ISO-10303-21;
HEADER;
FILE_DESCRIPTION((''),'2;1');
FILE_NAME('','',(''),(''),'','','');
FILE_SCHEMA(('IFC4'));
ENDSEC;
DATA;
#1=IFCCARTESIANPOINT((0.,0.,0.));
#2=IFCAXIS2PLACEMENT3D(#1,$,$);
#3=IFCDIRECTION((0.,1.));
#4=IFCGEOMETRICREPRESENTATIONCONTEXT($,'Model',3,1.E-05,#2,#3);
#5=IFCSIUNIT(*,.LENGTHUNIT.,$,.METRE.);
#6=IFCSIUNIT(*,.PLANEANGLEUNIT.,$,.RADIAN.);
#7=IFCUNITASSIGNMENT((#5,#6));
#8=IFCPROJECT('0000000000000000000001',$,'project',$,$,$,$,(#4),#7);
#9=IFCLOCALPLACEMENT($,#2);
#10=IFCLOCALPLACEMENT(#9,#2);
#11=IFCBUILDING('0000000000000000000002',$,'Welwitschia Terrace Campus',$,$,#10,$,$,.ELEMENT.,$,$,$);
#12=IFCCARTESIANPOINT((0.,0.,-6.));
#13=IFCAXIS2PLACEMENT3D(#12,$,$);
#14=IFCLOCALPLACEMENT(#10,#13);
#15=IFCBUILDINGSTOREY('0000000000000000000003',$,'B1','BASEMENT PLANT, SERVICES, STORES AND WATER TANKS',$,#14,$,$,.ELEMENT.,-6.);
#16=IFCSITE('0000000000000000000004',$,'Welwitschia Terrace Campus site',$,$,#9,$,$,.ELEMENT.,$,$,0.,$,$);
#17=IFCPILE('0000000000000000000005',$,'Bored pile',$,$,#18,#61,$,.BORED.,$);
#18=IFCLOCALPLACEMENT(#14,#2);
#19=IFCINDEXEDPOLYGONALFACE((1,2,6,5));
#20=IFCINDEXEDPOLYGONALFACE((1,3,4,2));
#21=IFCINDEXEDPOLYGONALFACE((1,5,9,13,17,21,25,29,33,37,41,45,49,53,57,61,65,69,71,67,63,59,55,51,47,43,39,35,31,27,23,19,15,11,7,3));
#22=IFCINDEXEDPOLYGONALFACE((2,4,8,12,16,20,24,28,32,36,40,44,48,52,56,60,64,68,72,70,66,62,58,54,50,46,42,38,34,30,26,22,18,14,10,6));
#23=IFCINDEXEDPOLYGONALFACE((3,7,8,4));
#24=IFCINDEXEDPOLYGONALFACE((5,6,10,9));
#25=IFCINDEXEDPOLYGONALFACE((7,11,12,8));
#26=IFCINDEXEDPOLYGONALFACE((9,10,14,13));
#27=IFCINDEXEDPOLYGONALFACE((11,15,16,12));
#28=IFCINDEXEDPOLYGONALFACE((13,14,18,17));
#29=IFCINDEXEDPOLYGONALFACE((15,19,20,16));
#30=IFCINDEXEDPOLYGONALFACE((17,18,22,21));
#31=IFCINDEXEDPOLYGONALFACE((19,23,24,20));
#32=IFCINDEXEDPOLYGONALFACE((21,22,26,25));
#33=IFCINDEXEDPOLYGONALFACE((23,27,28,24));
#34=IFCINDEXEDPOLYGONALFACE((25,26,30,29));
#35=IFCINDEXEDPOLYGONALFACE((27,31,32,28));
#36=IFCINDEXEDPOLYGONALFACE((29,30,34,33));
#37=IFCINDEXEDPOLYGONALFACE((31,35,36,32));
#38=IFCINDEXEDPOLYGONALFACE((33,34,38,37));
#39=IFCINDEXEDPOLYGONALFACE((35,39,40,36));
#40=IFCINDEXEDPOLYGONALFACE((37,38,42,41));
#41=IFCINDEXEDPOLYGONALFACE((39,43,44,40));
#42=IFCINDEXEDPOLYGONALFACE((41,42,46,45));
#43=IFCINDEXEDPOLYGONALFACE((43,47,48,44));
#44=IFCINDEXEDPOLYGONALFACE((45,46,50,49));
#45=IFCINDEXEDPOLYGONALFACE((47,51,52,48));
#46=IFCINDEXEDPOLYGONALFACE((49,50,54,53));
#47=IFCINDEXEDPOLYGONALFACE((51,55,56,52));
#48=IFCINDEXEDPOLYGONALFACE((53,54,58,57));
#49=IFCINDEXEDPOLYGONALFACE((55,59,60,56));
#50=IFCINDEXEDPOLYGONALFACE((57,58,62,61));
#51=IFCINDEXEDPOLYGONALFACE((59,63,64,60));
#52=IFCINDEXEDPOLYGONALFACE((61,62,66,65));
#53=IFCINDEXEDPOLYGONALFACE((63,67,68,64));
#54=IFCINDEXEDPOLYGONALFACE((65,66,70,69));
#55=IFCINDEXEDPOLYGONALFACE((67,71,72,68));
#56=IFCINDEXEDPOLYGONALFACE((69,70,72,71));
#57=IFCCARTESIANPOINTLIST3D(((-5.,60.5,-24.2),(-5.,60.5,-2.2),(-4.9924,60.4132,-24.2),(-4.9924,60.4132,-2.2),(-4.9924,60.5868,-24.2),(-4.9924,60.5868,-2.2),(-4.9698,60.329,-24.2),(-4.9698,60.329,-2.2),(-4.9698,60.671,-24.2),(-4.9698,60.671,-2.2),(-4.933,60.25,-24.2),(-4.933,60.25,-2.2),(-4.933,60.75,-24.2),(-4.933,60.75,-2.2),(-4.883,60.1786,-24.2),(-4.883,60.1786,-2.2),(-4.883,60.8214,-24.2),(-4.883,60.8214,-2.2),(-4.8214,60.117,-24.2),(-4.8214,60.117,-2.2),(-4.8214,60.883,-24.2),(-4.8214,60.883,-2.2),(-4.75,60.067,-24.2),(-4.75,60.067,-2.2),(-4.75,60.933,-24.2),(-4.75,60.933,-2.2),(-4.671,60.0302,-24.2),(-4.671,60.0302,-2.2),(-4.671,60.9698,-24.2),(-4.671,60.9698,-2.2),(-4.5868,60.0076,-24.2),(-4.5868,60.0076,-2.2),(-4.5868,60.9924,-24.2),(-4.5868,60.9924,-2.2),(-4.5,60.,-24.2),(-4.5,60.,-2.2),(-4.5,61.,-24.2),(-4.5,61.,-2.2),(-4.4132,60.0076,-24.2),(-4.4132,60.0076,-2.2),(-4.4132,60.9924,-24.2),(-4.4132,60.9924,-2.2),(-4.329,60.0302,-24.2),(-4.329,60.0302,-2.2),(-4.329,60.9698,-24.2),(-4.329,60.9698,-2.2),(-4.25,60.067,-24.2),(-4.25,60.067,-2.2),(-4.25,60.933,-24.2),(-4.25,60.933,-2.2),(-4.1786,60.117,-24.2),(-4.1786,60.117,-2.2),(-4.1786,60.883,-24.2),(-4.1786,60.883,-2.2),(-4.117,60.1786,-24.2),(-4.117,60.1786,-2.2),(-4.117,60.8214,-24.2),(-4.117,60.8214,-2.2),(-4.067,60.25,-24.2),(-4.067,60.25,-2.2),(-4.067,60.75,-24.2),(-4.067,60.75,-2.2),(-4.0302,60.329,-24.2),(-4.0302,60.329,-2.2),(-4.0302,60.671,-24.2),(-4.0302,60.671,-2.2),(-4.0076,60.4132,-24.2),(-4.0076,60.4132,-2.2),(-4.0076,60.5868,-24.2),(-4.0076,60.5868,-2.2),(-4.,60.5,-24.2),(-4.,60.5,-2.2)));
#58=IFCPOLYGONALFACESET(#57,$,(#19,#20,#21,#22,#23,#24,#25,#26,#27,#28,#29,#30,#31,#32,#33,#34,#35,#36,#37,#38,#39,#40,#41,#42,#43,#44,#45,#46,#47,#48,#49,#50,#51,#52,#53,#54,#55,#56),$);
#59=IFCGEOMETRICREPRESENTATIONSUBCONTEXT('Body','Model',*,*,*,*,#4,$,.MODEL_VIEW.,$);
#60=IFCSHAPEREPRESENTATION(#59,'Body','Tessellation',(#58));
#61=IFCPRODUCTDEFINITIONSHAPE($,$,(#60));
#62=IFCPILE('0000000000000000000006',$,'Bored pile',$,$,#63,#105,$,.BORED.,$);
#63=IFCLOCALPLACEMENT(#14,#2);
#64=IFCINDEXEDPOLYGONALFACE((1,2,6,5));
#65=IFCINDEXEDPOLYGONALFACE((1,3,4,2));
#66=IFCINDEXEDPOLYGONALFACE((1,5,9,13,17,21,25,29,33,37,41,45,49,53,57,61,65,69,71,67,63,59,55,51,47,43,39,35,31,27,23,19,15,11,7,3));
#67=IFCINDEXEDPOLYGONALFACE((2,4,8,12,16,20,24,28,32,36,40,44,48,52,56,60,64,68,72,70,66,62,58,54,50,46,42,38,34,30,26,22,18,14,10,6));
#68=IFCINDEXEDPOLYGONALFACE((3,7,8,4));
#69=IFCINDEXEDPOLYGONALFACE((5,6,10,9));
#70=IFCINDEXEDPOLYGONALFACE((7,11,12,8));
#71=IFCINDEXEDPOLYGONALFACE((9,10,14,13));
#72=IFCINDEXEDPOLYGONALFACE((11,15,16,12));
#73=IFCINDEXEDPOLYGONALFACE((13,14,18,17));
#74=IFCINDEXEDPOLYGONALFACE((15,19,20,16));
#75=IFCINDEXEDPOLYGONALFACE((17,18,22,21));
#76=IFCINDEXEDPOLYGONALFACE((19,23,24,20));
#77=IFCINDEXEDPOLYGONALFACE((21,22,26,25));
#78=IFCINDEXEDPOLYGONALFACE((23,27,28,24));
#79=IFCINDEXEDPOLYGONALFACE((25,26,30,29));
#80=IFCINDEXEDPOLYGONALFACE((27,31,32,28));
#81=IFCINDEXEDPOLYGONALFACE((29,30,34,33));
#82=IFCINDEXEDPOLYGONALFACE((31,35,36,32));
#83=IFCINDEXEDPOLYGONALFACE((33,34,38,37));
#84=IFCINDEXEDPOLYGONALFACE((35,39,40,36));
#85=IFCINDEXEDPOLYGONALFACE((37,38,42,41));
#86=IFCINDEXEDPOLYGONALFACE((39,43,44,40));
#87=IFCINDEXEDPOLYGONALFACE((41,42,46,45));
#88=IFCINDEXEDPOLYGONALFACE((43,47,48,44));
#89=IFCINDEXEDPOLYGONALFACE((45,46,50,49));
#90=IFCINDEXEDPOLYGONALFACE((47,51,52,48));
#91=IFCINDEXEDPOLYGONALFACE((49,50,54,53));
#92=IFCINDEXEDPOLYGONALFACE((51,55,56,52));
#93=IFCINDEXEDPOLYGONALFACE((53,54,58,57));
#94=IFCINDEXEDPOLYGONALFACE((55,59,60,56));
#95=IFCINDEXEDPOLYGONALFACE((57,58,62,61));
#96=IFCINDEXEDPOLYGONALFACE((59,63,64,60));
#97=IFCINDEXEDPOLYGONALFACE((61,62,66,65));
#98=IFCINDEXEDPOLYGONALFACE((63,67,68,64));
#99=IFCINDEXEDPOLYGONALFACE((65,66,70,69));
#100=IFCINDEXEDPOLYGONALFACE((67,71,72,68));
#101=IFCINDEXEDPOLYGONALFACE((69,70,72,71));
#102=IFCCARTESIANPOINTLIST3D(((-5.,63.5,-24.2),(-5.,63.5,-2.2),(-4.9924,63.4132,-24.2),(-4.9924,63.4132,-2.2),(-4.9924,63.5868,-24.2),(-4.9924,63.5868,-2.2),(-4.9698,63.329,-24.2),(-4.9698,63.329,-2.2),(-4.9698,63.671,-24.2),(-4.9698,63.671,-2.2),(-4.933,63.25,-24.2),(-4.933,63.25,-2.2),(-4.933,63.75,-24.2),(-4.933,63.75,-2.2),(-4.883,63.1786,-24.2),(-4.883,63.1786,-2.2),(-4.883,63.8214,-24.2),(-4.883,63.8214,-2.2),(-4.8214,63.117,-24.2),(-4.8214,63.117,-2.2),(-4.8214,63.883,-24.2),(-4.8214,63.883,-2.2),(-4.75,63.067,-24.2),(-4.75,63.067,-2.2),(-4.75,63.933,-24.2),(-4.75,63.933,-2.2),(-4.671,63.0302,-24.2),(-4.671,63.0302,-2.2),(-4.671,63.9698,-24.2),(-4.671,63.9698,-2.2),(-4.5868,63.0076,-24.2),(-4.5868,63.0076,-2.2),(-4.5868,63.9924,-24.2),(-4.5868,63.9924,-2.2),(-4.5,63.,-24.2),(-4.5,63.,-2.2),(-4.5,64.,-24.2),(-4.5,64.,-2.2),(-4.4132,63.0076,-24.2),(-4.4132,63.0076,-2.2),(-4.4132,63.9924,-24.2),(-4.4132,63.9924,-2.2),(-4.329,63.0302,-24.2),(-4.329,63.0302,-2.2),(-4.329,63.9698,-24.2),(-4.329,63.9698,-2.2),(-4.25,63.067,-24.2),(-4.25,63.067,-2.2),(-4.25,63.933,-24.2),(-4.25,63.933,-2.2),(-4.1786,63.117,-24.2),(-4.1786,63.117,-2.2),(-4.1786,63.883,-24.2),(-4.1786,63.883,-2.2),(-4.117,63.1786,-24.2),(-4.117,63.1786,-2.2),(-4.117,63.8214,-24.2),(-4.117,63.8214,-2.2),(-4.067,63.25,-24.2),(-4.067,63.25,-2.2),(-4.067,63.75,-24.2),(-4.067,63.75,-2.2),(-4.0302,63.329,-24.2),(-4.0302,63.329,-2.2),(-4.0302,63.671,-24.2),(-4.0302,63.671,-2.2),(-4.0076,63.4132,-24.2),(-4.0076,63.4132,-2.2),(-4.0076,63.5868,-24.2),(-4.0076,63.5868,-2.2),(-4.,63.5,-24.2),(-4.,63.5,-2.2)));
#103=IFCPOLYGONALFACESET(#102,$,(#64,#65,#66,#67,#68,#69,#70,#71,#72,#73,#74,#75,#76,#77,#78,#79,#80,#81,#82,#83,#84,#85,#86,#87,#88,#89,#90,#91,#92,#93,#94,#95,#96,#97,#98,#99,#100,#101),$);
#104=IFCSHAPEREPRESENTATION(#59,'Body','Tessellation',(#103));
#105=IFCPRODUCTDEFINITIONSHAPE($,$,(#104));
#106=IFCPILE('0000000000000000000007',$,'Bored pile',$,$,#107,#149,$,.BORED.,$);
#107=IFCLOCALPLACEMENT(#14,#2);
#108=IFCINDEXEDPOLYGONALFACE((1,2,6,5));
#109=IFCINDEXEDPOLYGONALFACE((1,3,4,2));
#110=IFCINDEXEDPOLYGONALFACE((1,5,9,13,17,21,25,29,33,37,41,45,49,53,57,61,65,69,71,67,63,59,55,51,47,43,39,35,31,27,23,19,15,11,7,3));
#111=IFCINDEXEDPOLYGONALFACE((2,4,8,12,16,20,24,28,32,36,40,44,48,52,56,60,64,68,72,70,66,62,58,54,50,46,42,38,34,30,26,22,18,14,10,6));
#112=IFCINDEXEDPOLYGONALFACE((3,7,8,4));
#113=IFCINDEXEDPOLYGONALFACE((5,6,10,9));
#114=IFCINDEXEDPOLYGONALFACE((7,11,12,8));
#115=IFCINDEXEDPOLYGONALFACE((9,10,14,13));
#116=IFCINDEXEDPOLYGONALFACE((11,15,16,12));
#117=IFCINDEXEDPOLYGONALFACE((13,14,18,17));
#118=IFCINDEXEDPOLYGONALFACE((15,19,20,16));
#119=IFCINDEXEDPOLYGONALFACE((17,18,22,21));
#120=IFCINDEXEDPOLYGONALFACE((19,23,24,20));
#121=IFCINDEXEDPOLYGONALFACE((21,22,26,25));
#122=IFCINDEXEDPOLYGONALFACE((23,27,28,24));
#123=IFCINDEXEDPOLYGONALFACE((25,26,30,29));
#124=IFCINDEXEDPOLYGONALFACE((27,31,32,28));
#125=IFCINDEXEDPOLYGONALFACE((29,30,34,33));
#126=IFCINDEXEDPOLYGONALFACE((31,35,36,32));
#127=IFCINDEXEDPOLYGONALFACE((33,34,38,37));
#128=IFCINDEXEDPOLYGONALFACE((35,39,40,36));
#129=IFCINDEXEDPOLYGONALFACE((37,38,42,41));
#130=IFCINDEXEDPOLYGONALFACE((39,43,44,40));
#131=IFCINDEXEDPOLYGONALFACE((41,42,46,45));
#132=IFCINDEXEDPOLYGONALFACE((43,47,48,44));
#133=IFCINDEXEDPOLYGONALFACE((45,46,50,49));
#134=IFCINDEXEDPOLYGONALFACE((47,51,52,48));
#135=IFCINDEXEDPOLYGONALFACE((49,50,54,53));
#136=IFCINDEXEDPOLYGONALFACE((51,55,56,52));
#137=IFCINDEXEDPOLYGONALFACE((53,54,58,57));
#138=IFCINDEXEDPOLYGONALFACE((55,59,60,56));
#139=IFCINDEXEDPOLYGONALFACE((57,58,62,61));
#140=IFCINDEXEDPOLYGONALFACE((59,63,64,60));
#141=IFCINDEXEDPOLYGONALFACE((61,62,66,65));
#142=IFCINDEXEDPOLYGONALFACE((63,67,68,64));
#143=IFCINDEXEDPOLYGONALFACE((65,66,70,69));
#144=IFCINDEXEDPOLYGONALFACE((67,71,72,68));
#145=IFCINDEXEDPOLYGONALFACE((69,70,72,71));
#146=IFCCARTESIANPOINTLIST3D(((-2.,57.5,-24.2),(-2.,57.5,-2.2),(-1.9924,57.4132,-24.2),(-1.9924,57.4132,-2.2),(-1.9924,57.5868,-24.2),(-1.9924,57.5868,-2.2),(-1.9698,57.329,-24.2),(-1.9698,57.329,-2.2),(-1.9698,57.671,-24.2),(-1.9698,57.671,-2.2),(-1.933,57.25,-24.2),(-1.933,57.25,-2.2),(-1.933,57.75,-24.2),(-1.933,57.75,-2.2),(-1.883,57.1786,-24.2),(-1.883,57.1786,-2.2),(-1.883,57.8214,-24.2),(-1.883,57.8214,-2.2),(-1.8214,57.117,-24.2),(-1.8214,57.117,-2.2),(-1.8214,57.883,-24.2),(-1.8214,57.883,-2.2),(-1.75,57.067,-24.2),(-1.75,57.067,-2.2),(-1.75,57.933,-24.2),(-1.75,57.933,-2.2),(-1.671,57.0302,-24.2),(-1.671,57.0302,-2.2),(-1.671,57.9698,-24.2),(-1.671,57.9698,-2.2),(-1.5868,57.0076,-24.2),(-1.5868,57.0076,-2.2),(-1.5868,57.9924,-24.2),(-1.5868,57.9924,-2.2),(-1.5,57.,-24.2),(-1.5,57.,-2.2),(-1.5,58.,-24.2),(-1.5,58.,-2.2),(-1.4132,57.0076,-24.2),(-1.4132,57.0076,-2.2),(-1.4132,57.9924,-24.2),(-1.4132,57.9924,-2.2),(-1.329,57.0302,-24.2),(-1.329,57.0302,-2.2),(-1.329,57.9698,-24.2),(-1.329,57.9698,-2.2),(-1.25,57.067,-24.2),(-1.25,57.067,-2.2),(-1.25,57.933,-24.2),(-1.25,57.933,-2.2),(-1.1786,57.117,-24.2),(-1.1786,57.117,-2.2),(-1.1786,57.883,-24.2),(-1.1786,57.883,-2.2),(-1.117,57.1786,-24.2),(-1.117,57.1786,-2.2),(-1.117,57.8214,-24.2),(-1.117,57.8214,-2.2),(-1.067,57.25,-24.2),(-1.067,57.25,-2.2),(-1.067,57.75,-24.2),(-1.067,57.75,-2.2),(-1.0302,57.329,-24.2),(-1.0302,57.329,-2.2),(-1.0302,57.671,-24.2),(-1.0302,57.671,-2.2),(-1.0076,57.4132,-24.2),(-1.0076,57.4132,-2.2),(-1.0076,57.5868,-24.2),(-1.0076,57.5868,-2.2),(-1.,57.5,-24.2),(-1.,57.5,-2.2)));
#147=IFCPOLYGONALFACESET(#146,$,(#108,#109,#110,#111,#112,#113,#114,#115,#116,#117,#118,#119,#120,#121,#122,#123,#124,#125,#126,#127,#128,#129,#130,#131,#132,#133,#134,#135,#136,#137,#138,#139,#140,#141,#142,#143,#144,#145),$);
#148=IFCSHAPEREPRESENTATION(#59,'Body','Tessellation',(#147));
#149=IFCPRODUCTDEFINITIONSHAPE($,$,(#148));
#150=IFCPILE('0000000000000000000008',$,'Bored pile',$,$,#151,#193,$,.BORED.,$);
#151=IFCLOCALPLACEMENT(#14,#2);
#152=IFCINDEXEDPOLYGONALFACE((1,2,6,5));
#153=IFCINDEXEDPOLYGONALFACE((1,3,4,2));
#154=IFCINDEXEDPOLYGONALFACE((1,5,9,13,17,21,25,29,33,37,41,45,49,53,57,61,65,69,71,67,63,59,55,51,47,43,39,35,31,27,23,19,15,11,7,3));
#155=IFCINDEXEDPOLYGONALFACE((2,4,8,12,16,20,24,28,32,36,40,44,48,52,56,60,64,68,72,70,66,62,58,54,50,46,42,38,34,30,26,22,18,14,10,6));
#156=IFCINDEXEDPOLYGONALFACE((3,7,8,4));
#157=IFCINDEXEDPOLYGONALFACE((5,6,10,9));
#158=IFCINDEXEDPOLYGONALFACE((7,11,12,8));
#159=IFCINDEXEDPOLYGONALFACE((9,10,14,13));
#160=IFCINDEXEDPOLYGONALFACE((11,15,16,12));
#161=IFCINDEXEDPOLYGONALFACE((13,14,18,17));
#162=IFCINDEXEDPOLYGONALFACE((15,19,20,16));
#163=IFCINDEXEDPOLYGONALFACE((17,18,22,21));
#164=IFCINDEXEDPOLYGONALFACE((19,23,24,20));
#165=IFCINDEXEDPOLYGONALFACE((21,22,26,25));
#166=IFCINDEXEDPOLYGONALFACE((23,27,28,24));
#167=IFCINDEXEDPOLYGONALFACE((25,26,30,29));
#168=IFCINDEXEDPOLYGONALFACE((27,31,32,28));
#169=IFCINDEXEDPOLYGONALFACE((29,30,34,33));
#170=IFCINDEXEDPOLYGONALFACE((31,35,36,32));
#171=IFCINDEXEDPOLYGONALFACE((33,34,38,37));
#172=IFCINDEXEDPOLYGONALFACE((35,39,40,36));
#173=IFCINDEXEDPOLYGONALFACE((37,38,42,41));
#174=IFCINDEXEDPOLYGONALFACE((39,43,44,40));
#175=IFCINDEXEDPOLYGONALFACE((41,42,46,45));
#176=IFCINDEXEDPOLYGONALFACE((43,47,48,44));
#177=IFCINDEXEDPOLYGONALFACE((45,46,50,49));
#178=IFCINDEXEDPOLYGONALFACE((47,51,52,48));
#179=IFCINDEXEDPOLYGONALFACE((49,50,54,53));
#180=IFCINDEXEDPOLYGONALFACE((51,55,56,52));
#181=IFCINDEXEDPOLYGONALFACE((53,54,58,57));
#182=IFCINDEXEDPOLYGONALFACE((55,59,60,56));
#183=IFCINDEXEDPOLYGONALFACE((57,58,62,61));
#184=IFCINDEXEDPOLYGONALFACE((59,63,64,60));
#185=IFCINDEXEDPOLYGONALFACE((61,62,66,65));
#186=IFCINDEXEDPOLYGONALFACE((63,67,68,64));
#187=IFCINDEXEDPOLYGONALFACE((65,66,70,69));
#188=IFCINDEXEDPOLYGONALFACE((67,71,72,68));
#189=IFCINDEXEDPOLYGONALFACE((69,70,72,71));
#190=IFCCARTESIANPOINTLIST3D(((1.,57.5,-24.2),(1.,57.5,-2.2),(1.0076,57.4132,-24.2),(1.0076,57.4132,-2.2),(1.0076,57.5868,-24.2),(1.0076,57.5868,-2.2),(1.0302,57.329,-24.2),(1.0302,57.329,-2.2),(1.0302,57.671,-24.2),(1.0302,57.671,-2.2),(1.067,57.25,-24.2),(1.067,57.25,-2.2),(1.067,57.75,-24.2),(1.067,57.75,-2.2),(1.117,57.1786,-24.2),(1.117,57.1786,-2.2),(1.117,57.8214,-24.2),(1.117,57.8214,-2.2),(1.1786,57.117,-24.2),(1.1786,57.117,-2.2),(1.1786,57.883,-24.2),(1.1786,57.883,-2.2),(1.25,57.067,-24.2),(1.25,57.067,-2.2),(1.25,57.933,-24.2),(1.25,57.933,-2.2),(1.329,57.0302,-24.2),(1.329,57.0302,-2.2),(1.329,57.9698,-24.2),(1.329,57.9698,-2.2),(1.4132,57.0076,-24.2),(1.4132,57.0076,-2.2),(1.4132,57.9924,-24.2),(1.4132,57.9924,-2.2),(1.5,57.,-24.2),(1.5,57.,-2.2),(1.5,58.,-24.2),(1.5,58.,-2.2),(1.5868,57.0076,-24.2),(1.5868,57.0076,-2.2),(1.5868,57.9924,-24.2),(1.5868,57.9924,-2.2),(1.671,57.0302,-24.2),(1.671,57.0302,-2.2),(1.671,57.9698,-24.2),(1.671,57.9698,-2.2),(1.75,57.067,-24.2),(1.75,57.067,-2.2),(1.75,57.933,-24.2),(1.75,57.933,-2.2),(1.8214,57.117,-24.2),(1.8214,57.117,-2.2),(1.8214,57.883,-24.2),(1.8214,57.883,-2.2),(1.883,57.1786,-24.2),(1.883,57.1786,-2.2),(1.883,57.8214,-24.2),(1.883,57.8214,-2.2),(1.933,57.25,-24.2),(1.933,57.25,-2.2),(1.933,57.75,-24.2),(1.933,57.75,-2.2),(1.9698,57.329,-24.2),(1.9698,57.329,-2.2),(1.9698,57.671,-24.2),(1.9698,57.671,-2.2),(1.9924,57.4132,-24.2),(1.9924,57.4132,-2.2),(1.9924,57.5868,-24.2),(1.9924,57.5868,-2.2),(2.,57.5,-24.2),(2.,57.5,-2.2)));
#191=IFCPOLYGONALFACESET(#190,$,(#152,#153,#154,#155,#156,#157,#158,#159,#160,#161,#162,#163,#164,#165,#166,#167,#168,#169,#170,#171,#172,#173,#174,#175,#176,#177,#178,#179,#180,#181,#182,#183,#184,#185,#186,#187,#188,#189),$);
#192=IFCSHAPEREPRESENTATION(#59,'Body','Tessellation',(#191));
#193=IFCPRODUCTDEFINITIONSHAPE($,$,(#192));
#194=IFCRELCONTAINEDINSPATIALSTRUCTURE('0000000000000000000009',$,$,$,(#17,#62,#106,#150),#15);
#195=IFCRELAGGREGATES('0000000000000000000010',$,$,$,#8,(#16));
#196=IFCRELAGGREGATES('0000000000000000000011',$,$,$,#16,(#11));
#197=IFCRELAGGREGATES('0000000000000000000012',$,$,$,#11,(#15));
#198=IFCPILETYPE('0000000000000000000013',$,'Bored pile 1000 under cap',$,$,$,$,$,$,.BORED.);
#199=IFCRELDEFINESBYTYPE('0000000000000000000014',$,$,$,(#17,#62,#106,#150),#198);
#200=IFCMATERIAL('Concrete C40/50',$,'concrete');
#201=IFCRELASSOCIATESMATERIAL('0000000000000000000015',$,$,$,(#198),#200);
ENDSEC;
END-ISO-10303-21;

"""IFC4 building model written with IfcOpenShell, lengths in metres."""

from ifc_helpers import new_model, si_unit, direction, frame, origin, origin_2d, place, context, subcontext, project, spatial, circle, extrude, material, type_object, element, save


model = new_model("IFC4")

# Units and contexts
model_context = context("Model", 3, precision=1e-05, world=origin(), true_north=direction((0.0, 1.0)))
body_context = subcontext(model_context, "Body", "Model", "MODEL_VIEW")
ifc_project = project(units=[si_unit("LENGTHUNIT", "METRE"), si_unit("PLANEANGLEUNIT", "RADIAN")], contexts=[model_context])

# Site, building, storey
site_placement = place(None, origin())
site = spatial("IfcSite", under=ifc_project, at=site_placement, Name="Welwitschia Terrace Campus site", CompositionType="ELEMENT", RefElevation=0.0)
building_placement = place(site_placement, origin())
building = spatial("IfcBuilding", under=site, at=building_placement, Name="Welwitschia Terrace Campus", CompositionType="ELEMENT")
storey_placement = place(building_placement, frame((0.0, 0.0, -6.0)))
storey = spatial("IfcBuildingStorey", under=building, at=storey_placement, Name="B1", Description="BASEMENT PLANT, SERVICES, STORES AND WATER TANKS", CompositionType="ELEMENT", Elevation=-6.0)

# Piles
ifc_material_1 = material(Name="Concrete C40/50", Category="concrete")
pile_type = type_object("IfcPileType", Name="Bored pile 1000 under cap", PredefinedType="BORED", material=ifc_material_1)
for number, where, z_axis, x_axis, name in (
    (1, (-4.5, 60.5, -2.2), (0.0, 0.0, -1.0), (1.0, 0.0, 0.0), "Bored pile"),
    (2, (-4.5, 63.5, -2.2), (0.0, 0.0, -1.0), (1.0, 0.0, 0.0), "Bored pile"),
    (3, (-1.5, 57.5, -2.2), (0.0, 0.0, -1.0), (1.0, 0.0, 0.0), "Bored pile"),
    (4, (1.5, 57.5, -2.2), (0.0, 0.0, -1.0), (1.0, 0.0, 0.0), "Bored pile"),
):
    element("IfcPile", number, at=place(storey_placement, frame(where, z_axis=z_axis, x_axis=x_axis)), inside=storey, type_object=pile_type, Name=name, PredefinedType="BORED", context=body_context, shape_type="SweptSolid", body=[
        extrude(circle(Radius=0.5, at=origin_2d()), origin(), (0.0, 0.0, 1.0), 22.0),
    ])

save(model, "model.ifc")
